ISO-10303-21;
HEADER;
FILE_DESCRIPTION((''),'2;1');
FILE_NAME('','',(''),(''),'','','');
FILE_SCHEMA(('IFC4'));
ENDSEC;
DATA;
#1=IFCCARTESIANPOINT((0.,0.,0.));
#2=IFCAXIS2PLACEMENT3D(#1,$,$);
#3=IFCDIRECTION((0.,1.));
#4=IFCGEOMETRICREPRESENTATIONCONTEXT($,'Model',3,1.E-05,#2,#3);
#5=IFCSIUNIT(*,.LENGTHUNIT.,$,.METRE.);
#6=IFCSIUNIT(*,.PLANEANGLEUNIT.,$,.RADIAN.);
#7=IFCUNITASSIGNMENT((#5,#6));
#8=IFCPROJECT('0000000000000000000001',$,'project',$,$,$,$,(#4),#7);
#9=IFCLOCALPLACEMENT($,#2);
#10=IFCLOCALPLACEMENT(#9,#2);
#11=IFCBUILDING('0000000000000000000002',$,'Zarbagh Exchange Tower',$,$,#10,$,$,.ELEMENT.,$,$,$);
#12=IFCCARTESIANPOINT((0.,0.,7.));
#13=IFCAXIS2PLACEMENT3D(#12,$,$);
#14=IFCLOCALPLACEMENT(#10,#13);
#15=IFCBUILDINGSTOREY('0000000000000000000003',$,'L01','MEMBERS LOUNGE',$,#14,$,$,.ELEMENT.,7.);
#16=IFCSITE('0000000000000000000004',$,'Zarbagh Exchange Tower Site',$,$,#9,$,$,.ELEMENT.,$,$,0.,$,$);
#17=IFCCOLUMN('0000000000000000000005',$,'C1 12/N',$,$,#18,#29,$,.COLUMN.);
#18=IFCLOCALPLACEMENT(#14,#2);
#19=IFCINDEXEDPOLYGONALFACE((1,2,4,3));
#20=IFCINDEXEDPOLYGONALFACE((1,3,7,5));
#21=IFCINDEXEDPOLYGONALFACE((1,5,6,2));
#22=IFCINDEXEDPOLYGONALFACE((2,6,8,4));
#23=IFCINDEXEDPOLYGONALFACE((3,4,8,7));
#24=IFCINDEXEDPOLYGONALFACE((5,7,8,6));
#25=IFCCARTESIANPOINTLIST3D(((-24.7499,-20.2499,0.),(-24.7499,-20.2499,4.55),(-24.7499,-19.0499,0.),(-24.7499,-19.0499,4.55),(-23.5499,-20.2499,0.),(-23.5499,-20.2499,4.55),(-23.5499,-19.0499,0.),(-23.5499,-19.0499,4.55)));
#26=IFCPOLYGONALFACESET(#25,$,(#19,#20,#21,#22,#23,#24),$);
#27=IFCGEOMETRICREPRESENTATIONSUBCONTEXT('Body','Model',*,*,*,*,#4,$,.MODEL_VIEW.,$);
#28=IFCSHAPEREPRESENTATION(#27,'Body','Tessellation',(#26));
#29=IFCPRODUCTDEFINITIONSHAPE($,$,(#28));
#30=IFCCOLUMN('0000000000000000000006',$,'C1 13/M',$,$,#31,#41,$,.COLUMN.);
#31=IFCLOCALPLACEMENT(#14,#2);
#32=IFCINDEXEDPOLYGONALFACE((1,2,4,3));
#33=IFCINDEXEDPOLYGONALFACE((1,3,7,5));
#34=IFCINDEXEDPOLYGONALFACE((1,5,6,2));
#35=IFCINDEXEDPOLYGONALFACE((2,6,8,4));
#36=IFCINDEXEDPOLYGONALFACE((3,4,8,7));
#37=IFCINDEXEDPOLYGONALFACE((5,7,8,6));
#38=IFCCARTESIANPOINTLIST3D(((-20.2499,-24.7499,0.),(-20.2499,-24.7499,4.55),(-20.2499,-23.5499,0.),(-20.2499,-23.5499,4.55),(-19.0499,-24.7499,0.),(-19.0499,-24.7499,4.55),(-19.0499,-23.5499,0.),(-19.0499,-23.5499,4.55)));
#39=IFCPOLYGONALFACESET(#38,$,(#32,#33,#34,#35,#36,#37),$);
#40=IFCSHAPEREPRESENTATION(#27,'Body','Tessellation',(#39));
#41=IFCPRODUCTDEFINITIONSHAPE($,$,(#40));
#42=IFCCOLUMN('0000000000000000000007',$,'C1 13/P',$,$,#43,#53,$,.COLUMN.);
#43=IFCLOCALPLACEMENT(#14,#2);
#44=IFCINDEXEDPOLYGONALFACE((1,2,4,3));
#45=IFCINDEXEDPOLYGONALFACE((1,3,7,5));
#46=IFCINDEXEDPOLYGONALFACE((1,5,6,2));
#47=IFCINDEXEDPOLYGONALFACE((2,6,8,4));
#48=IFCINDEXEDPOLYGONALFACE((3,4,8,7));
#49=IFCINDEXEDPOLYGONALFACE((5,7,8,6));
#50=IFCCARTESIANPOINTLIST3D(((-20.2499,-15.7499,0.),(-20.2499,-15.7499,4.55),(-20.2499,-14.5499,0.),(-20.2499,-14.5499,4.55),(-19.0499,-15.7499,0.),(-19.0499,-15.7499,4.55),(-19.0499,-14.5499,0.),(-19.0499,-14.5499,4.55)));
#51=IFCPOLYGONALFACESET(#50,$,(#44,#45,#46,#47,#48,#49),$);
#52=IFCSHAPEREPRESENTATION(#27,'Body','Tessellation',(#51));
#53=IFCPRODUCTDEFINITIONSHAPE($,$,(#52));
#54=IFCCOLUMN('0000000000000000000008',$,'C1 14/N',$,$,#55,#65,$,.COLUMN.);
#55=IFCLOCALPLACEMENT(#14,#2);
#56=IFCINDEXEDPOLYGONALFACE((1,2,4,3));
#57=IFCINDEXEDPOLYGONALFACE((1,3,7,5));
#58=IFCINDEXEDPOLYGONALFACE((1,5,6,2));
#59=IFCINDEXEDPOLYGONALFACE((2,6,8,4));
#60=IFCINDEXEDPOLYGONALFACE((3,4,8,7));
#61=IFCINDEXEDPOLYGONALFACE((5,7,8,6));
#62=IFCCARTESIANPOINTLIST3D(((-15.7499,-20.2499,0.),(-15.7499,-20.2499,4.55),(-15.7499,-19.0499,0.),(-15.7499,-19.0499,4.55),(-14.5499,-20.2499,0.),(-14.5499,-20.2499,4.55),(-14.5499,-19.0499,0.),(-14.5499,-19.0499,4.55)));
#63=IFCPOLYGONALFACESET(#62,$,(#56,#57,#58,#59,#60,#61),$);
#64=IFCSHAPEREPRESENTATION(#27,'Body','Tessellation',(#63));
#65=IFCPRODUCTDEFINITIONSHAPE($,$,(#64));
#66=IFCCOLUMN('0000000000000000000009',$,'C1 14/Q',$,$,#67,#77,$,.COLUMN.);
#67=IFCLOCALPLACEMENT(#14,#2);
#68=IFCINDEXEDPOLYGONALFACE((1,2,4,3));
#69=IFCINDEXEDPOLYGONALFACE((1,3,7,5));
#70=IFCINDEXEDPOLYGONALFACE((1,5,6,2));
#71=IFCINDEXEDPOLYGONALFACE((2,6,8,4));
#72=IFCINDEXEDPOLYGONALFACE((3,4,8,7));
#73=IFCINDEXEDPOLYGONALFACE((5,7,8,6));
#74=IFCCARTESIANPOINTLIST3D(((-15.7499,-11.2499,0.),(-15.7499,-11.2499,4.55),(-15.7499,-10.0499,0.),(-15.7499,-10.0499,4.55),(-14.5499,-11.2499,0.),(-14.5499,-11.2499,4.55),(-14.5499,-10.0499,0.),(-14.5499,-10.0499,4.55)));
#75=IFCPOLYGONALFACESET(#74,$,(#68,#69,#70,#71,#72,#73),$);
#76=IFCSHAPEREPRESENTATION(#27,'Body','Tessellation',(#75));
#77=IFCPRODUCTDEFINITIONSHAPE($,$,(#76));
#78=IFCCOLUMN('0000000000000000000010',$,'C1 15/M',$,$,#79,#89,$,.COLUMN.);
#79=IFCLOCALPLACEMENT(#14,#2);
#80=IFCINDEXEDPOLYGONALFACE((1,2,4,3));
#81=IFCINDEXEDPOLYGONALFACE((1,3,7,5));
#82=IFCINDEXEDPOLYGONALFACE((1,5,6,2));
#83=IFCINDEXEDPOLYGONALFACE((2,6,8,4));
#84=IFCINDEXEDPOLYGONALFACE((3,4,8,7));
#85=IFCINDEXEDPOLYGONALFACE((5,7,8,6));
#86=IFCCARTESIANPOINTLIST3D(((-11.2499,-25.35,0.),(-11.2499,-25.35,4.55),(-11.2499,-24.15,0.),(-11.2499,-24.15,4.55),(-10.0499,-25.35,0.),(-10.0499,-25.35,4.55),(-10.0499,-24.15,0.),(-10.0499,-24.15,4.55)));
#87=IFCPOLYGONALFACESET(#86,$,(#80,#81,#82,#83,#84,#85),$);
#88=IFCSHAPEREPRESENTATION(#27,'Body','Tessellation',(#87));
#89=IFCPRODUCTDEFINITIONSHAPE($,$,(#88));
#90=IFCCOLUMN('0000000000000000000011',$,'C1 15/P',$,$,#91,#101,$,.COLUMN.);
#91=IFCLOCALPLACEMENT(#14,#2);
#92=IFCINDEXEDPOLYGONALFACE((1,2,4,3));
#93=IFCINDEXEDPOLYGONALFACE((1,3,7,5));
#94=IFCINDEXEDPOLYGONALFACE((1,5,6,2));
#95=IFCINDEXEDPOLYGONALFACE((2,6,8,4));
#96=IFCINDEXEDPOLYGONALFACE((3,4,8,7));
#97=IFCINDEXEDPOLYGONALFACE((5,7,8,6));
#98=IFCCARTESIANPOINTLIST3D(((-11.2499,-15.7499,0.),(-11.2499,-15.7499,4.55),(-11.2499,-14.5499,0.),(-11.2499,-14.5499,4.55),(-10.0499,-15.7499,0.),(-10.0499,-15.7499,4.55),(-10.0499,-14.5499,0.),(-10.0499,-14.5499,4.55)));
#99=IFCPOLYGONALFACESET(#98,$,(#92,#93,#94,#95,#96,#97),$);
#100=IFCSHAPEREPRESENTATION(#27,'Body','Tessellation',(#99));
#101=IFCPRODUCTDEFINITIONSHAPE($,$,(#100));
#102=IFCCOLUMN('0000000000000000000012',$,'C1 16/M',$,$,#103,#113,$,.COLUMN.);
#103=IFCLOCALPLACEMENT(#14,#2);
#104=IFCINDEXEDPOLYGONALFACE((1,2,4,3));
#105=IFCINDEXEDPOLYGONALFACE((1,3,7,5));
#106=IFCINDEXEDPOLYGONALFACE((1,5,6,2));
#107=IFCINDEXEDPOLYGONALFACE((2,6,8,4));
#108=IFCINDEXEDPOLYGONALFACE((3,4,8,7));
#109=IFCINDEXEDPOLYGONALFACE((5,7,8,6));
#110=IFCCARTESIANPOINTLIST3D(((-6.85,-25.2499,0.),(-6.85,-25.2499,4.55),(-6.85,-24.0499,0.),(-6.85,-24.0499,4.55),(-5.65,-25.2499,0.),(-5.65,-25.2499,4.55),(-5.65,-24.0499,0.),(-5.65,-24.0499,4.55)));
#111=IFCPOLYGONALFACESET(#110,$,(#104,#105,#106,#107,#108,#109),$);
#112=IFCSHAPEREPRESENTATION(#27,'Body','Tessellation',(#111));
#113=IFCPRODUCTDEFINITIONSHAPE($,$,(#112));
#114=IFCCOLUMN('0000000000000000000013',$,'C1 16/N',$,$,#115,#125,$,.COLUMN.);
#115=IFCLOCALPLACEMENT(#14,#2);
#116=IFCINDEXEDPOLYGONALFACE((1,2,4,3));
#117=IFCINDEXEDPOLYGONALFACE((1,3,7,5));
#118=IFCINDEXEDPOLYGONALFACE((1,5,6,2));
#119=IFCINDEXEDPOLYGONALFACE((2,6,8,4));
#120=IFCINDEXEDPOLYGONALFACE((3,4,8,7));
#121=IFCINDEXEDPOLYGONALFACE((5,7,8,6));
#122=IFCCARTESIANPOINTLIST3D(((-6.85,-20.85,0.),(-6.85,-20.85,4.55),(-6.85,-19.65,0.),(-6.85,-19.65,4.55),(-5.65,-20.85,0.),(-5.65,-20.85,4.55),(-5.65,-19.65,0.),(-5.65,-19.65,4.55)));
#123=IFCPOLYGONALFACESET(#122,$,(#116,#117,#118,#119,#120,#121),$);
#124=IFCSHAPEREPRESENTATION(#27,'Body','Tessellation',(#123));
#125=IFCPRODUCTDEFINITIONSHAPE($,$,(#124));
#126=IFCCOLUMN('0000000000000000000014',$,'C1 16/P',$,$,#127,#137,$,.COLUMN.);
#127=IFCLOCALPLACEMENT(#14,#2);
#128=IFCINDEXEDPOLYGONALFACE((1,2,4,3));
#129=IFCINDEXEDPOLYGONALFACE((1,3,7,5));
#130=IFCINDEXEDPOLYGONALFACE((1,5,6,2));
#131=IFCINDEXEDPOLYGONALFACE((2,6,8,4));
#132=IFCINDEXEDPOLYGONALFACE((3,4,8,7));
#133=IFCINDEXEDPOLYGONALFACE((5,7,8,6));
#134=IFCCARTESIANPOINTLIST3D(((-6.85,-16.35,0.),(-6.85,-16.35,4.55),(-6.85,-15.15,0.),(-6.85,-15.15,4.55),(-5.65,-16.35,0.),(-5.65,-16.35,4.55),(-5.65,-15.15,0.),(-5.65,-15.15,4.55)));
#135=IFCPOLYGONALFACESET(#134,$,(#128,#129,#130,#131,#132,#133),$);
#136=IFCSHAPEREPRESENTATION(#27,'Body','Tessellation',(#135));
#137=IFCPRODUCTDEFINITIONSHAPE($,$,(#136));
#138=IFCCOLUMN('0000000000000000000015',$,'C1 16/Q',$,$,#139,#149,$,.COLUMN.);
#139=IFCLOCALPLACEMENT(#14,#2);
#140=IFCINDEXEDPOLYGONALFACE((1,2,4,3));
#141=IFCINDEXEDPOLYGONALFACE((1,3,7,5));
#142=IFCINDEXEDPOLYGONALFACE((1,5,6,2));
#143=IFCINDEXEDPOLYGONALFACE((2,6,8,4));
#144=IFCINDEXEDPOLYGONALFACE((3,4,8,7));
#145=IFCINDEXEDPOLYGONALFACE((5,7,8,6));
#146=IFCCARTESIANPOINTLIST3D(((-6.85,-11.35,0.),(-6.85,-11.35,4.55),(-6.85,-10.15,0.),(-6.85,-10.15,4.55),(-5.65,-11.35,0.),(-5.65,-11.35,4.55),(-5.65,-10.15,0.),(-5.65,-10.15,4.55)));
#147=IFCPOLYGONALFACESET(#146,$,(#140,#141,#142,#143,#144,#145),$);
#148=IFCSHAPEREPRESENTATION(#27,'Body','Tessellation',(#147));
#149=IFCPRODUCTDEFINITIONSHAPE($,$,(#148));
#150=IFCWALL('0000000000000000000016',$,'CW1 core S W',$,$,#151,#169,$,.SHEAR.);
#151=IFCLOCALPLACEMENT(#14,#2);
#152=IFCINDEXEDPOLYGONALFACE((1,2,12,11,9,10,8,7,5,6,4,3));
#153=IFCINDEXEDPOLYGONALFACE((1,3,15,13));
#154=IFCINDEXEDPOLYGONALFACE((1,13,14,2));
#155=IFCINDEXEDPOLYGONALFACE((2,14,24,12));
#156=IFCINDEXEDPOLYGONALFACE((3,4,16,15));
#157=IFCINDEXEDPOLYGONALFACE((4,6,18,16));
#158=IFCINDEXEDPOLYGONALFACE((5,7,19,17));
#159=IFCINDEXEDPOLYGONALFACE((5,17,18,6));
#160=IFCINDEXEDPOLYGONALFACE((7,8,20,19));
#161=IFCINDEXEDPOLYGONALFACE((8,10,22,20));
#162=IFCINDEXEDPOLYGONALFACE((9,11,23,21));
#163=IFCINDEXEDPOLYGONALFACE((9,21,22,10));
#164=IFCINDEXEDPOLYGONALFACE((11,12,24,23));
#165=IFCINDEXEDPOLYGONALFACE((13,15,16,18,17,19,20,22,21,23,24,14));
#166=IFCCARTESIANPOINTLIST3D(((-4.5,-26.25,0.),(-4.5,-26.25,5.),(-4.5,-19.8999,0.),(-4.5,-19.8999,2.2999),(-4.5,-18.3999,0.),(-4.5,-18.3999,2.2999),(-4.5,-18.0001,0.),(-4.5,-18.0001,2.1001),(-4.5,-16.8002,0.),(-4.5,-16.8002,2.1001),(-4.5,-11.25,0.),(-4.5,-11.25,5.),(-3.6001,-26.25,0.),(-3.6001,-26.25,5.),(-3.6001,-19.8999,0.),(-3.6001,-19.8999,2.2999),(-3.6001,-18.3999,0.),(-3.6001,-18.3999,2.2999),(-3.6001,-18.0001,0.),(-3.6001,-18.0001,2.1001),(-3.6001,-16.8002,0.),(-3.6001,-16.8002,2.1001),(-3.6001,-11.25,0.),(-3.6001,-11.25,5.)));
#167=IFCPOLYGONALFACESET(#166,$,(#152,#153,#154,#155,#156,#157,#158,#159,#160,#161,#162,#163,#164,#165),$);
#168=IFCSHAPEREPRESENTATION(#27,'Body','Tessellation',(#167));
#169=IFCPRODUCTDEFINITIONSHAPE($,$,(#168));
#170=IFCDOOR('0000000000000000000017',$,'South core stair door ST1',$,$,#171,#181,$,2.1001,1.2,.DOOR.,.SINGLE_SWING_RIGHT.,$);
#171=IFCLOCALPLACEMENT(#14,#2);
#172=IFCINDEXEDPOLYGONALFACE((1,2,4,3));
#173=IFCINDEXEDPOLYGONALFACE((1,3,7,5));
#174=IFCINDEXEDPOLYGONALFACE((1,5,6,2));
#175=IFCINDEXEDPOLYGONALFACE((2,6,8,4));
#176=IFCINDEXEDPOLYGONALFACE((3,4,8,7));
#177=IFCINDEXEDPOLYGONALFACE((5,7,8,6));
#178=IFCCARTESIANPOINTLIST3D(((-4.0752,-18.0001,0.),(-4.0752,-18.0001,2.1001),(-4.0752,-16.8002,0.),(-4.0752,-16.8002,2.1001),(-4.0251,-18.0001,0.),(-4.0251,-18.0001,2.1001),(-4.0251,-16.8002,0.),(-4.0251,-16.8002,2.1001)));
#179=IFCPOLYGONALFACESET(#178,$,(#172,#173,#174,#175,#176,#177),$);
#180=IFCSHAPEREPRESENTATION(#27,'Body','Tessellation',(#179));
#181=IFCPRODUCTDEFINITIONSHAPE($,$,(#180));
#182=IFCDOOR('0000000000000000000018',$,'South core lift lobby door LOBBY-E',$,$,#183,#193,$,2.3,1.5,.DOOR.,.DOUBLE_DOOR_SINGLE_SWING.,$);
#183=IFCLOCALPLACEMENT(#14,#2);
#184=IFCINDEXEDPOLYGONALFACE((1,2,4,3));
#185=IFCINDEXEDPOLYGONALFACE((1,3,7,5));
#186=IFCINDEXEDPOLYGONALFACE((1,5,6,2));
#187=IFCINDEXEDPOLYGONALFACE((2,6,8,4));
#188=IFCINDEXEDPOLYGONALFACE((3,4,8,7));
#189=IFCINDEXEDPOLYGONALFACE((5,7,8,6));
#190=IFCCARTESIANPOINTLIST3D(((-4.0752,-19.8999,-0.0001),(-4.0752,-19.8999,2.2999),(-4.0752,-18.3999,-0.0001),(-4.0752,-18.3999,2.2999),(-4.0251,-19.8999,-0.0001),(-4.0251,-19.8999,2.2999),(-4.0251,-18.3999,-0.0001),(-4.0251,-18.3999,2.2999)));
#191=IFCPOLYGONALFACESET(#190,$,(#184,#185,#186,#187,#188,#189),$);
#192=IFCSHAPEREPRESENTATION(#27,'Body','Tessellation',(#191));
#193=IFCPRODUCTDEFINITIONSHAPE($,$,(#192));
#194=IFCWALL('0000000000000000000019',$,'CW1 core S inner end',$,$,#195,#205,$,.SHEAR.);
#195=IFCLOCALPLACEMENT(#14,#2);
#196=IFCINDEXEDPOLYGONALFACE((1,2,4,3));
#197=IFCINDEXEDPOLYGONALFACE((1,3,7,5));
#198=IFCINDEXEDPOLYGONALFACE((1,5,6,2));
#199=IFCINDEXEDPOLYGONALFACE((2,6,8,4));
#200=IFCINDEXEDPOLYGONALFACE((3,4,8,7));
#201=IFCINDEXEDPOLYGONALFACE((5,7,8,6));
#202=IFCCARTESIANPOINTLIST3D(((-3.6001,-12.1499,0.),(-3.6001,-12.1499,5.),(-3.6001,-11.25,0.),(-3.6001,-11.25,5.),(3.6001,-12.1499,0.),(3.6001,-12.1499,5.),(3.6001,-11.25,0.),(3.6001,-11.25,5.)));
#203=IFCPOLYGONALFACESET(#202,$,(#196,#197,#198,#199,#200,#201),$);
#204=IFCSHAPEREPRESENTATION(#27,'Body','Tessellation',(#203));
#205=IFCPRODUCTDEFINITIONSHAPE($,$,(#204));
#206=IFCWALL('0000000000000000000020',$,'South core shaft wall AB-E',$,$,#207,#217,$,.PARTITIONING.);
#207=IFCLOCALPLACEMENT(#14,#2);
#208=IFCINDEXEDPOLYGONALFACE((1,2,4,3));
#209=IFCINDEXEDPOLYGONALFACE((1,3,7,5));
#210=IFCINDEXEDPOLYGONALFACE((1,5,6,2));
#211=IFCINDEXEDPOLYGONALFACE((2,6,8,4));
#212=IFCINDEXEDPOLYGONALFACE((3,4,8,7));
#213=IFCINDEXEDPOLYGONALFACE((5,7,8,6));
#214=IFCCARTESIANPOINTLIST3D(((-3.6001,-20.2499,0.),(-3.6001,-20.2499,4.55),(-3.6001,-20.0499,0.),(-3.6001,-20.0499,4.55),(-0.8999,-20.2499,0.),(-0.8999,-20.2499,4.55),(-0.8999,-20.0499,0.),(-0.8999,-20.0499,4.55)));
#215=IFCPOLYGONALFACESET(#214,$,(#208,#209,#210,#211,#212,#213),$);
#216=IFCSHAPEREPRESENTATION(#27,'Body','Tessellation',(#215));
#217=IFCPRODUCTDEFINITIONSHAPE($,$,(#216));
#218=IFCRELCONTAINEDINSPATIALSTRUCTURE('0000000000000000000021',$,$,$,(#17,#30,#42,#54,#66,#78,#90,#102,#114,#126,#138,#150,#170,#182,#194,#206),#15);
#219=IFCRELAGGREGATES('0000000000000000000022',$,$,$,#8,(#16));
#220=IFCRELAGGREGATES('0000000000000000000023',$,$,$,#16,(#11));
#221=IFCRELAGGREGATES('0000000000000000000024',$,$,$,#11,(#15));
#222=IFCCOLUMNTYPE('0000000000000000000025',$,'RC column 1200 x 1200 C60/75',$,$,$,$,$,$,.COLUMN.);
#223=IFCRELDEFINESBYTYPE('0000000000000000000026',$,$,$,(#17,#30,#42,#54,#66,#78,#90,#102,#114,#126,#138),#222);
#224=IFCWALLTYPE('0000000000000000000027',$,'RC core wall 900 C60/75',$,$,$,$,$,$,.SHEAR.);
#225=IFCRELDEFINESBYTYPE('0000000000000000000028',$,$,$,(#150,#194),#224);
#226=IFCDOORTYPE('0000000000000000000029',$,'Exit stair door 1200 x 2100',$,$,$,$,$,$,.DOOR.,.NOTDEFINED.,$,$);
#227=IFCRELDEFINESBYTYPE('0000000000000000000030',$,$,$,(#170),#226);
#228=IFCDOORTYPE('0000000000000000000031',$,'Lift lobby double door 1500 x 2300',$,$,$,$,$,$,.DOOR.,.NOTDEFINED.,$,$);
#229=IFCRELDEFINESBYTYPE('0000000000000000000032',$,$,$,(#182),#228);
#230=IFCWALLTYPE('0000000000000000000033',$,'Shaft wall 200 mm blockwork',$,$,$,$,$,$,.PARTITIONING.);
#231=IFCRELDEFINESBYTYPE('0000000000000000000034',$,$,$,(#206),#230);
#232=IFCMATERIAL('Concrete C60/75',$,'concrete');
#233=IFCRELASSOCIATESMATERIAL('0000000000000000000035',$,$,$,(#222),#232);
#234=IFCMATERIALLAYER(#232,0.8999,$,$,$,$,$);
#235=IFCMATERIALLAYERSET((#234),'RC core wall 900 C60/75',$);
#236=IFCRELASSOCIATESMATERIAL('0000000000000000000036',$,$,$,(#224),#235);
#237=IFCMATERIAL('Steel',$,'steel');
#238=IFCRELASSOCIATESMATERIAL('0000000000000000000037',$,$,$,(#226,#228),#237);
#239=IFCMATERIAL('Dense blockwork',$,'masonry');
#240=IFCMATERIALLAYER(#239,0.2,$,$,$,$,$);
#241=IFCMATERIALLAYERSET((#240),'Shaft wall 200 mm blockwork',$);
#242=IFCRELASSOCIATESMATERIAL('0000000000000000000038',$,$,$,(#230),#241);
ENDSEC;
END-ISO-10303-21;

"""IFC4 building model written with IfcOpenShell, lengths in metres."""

from ifc_helpers import new_model, si_unit, direction, frame, frame_2d, origin, origin_2d, place, context, subcontext, project, spatial, rectangle, extrude, material, layer, layer_set, material_profile, profile_set, type_object, element, fill, save


model = new_model("IFC4")

# Units and contexts
model_context = context("Model", 3, precision=1e-05, world=origin(), true_north=direction((0.0, 1.0)))
body_context = subcontext(model_context, "Body", "Model", "MODEL_VIEW")
ifc_project = project(units=[si_unit("LENGTHUNIT", "METRE"), si_unit("PLANEANGLEUNIT", "RADIAN")], contexts=[model_context])

# Site, building, storey
site_placement = place(None, origin())
site = spatial("IfcSite", under=ifc_project, at=site_placement, Name="Zarbagh Exchange Tower Site", CompositionType="ELEMENT", RefElevation=0.0)
building_placement = place(site_placement, origin())
building = spatial("IfcBuilding", under=site, at=building_placement, Name="Zarbagh Exchange Tower", CompositionType="ELEMENT")
storey_placement = place(building_placement, frame((0.0, 0.0, 7.0)))
storey = spatial("IfcBuildingStorey", under=building, at=storey_placement, Name="L01", Description="MEMBERS LOUNGE", CompositionType="ELEMENT", Elevation=7.0)

# Columns
ifc_material_1 = material(Name="Concrete C60/75", Category="concrete")
ifc_material_profile = material_profile(ifc_material_1, rectangle(XDim=1.2, YDim=1.2, at=origin_2d()), Name="RC column 1200 x 1200 C60/75")
ifc_profile_set = profile_set([ifc_material_profile], Name="Concrete C60/75")
column_type = type_object("IfcColumnType", Name="RC column 1200 x 1200 C60/75", PredefinedType="COLUMN", material=ifc_profile_set)
for number, where, z_axis, x_axis, name in (
    (1, (-24.1499, -19.6499, 0.0), (0.0, 0.0, 1.0), (1.0, 0.0, 0.0), "C1 12/N"),
    (2, (-19.6499, -24.1499, 0.0), (0.0, 0.0, 1.0), (1.0, 0.0, 0.0), "C1 13/M"),
    (3, (-19.6499, -15.1499, 0.0), (0.0, 0.0, 1.0), (1.0, 0.0, 0.0), "C1 13/P"),
    (4, (-15.1499, -19.6499, 0.0), (0.0, 0.0, 1.0), (1.0, 0.0, 0.0), "C1 14/N"),
    (5, (-15.1499, -10.6499, 0.0), (0.0, 0.0, 1.0), (1.0, 0.0, 0.0), "C1 14/Q"),
    (6, (-10.6499, -24.75, 0.0), (0.0, 0.0, 1.0), (1.0, 0.0, 0.0), "C1 15/M"),
    (7, (-10.6499, -15.1499, 0.0), (0.0, 0.0, 1.0), (1.0, 0.0, 0.0), "C1 15/P"),
    (8, (-6.25, -24.6499, 0.0), (0.0, 0.0, 1.0), (1.0, 0.0, 0.0), "C1 16/M"),
    (9, (-6.25, -20.25, 0.0), (0.0, 0.0, 1.0), (1.0, 0.0, 0.0), "C1 16/N"),
    (10, (-6.25, -15.75, 0.0), (0.0, 0.0, 1.0), (1.0, 0.0, 0.0), "C1 16/P"),
    (11, (-6.25, -10.75, 0.0), (0.0, 0.0, 1.0), (1.0, 0.0, 0.0), "C1 16/Q"),
):
    element("IfcColumn", number, at=place(storey_placement, frame(where, z_axis=z_axis, x_axis=x_axis)), inside=storey, type_object=column_type, Name=name, PredefinedType="COLUMN", context=body_context, shape_type="SweptSolid", body=[
        extrude(rectangle(XDim=1.2, YDim=1.2, at=origin_2d()), origin(), (0.0, 0.0, 1.0), 4.55),
    ])

# Wall, openings, doors
ifc_layer_1 = layer(ifc_material_1, 0.8999)
ifc_layer_set_1 = layer_set([ifc_layer_1], Name="RC core wall 900 C60/75")
wall_type_1 = type_object("IfcWallType", Name="RC core wall 900 C60/75", PredefinedType="SHEAR", material=ifc_layer_set_1)
wall_1_placement = place(storey_placement, frame((-4.05, -11.25, 0.0), z_axis=(0.0, 0.0, 1.0), x_axis=(0.0, -1.0, 0.0)))
wall_1 = element("IfcWall", 12, at=wall_1_placement, inside=storey, type_object=wall_type_1, Name="CW1 core S W", PredefinedType="SHEAR", context=body_context, shape_type="SweptSolid", body=[
    extrude(rectangle(XDim=15.0, YDim=0.8999, at=frame_2d((7.5, 0.0))), origin(), (0.0, 0.0, 1.0), 5.0),
])
opening_1_placement = place(wall_1_placement, frame((7.1499, 0.0, 0.0)))
opening_1 = element("IfcOpeningElement", 13, at=opening_1_placement, cuts=wall_1, PredefinedType="OPENING", context=body_context, shape_type="SweptSolid", body=[
    extrude(rectangle(XDim=1.5, YDim=2.3, at=frame_2d((0.75, 1.1499))), frame((0.0, 0.46, 0.0), z_axis=(0.0, -1.0, 0.0), x_axis=(1.0, 0.0, 0.0)), (0.0, 0.0, 1.0), 0.9199),
])
opening_2_placement = place(wall_1_placement, frame((5.55, 0.0, 0.0)))
opening_2 = element("IfcOpeningElement", 14, at=opening_2_placement, cuts=wall_1, PredefinedType="OPENING", context=body_context, shape_type="SweptSolid", body=[
    extrude(rectangle(XDim=1.2, YDim=2.1001, at=frame_2d((0.6001, 1.05))), frame((0.0, 0.46, 0.0), z_axis=(0.0, -1.0, 0.0), x_axis=(1.0, 0.0, 0.0)), (0.0, 0.0, 1.0), 0.9199),
])
ifc_material_2 = material(Name="Steel", Category="steel")
door_type_1 = type_object("IfcDoorType", Name="Exit stair door 1200 x 2100", OperationType="NOTDEFINED", PredefinedType="DOOR", material=ifc_material_2)
door_1_placement = place(opening_2_placement, origin())
door_1 = element("IfcDoor", 15, at=door_1_placement, inside=storey, type_object=door_type_1, Name="South core stair door ST1", OperationType="SINGLE_SWING_RIGHT", OverallHeight=2.1001, OverallWidth=1.2, PredefinedType="DOOR", context=body_context, shape_type="SweptSolid", body=[
    extrude(rectangle(XDim=1.2, YDim=2.1001, at=frame_2d((0.6001, 1.05))), frame((0.0, 0.0249, 0.0), z_axis=(0.0, -1.0, 0.0), x_axis=(1.0, 0.0, 0.0)), (0.0, 0.0, 1.0), 0.05),
])
fill(opening_2, door_1)
door_type_2 = type_object("IfcDoorType", Name="Lift lobby double door 1500 x 2300", OperationType="NOTDEFINED", PredefinedType="DOOR", material=ifc_material_2)
door_2_placement = place(opening_1_placement, origin())
door_2 = element("IfcDoor", 16, at=door_2_placement, inside=storey, type_object=door_type_2, Name="South core lift lobby door LOBBY-E", OperationType="DOUBLE_DOOR_SINGLE_SWING", OverallHeight=2.3, OverallWidth=1.5, PredefinedType="DOOR", context=body_context, shape_type="SweptSolid", body=[
    extrude(rectangle(XDim=1.5, YDim=2.3, at=frame_2d((0.75, 1.1499))), frame((0.0, 0.0249, 0.0), z_axis=(0.0, -1.0, 0.0), x_axis=(1.0, 0.0, 0.0)), (0.0, 0.0, 1.0), 0.05),
])
fill(opening_1, door_2)

# Walls
wall_2_placement = place(storey_placement, frame((-3.6001, -11.7, 0.0), z_axis=(0.0, 0.0, 1.0), x_axis=(1.0, 0.0, 0.0)))
element("IfcWall", 17, at=wall_2_placement, inside=storey, type_object=wall_type_1, Name="CW1 core S inner end", PredefinedType="SHEAR", context=body_context, shape_type="SweptSolid", body=[
    extrude(rectangle(XDim=7.2002, YDim=0.8999, at=frame_2d((3.6001, 0.0))), origin(), (0.0, 0.0, 1.0), 5.0),
])
ifc_material_3 = material(Name="Dense blockwork", Category="masonry")
ifc_layer_2 = layer(ifc_material_3, 0.2)
ifc_layer_set_2 = layer_set([ifc_layer_2], Name="Shaft wall 200 mm blockwork")
wall_type_2 = type_object("IfcWallType", Name="Shaft wall 200 mm blockwork", PredefinedType="PARTITIONING", material=ifc_layer_set_2)
wall_3_placement = place(storey_placement, frame((-0.8999, -20.1499, 0.0), z_axis=(0.0, 0.0, 1.0), x_axis=(-1.0, 0.0, 0.0)))
element("IfcWall", 18, at=wall_3_placement, inside=storey, type_object=wall_type_2, Name="South core shaft wall AB-E", PredefinedType="PARTITIONING", context=body_context, shape_type="SweptSolid", body=[
    extrude(rectangle(XDim=2.7002, YDim=0.2, at=frame_2d((1.3501, 0.0))), origin(), (0.0, 0.0, 1.0), 4.55),
])

save(model, "model.ifc")
